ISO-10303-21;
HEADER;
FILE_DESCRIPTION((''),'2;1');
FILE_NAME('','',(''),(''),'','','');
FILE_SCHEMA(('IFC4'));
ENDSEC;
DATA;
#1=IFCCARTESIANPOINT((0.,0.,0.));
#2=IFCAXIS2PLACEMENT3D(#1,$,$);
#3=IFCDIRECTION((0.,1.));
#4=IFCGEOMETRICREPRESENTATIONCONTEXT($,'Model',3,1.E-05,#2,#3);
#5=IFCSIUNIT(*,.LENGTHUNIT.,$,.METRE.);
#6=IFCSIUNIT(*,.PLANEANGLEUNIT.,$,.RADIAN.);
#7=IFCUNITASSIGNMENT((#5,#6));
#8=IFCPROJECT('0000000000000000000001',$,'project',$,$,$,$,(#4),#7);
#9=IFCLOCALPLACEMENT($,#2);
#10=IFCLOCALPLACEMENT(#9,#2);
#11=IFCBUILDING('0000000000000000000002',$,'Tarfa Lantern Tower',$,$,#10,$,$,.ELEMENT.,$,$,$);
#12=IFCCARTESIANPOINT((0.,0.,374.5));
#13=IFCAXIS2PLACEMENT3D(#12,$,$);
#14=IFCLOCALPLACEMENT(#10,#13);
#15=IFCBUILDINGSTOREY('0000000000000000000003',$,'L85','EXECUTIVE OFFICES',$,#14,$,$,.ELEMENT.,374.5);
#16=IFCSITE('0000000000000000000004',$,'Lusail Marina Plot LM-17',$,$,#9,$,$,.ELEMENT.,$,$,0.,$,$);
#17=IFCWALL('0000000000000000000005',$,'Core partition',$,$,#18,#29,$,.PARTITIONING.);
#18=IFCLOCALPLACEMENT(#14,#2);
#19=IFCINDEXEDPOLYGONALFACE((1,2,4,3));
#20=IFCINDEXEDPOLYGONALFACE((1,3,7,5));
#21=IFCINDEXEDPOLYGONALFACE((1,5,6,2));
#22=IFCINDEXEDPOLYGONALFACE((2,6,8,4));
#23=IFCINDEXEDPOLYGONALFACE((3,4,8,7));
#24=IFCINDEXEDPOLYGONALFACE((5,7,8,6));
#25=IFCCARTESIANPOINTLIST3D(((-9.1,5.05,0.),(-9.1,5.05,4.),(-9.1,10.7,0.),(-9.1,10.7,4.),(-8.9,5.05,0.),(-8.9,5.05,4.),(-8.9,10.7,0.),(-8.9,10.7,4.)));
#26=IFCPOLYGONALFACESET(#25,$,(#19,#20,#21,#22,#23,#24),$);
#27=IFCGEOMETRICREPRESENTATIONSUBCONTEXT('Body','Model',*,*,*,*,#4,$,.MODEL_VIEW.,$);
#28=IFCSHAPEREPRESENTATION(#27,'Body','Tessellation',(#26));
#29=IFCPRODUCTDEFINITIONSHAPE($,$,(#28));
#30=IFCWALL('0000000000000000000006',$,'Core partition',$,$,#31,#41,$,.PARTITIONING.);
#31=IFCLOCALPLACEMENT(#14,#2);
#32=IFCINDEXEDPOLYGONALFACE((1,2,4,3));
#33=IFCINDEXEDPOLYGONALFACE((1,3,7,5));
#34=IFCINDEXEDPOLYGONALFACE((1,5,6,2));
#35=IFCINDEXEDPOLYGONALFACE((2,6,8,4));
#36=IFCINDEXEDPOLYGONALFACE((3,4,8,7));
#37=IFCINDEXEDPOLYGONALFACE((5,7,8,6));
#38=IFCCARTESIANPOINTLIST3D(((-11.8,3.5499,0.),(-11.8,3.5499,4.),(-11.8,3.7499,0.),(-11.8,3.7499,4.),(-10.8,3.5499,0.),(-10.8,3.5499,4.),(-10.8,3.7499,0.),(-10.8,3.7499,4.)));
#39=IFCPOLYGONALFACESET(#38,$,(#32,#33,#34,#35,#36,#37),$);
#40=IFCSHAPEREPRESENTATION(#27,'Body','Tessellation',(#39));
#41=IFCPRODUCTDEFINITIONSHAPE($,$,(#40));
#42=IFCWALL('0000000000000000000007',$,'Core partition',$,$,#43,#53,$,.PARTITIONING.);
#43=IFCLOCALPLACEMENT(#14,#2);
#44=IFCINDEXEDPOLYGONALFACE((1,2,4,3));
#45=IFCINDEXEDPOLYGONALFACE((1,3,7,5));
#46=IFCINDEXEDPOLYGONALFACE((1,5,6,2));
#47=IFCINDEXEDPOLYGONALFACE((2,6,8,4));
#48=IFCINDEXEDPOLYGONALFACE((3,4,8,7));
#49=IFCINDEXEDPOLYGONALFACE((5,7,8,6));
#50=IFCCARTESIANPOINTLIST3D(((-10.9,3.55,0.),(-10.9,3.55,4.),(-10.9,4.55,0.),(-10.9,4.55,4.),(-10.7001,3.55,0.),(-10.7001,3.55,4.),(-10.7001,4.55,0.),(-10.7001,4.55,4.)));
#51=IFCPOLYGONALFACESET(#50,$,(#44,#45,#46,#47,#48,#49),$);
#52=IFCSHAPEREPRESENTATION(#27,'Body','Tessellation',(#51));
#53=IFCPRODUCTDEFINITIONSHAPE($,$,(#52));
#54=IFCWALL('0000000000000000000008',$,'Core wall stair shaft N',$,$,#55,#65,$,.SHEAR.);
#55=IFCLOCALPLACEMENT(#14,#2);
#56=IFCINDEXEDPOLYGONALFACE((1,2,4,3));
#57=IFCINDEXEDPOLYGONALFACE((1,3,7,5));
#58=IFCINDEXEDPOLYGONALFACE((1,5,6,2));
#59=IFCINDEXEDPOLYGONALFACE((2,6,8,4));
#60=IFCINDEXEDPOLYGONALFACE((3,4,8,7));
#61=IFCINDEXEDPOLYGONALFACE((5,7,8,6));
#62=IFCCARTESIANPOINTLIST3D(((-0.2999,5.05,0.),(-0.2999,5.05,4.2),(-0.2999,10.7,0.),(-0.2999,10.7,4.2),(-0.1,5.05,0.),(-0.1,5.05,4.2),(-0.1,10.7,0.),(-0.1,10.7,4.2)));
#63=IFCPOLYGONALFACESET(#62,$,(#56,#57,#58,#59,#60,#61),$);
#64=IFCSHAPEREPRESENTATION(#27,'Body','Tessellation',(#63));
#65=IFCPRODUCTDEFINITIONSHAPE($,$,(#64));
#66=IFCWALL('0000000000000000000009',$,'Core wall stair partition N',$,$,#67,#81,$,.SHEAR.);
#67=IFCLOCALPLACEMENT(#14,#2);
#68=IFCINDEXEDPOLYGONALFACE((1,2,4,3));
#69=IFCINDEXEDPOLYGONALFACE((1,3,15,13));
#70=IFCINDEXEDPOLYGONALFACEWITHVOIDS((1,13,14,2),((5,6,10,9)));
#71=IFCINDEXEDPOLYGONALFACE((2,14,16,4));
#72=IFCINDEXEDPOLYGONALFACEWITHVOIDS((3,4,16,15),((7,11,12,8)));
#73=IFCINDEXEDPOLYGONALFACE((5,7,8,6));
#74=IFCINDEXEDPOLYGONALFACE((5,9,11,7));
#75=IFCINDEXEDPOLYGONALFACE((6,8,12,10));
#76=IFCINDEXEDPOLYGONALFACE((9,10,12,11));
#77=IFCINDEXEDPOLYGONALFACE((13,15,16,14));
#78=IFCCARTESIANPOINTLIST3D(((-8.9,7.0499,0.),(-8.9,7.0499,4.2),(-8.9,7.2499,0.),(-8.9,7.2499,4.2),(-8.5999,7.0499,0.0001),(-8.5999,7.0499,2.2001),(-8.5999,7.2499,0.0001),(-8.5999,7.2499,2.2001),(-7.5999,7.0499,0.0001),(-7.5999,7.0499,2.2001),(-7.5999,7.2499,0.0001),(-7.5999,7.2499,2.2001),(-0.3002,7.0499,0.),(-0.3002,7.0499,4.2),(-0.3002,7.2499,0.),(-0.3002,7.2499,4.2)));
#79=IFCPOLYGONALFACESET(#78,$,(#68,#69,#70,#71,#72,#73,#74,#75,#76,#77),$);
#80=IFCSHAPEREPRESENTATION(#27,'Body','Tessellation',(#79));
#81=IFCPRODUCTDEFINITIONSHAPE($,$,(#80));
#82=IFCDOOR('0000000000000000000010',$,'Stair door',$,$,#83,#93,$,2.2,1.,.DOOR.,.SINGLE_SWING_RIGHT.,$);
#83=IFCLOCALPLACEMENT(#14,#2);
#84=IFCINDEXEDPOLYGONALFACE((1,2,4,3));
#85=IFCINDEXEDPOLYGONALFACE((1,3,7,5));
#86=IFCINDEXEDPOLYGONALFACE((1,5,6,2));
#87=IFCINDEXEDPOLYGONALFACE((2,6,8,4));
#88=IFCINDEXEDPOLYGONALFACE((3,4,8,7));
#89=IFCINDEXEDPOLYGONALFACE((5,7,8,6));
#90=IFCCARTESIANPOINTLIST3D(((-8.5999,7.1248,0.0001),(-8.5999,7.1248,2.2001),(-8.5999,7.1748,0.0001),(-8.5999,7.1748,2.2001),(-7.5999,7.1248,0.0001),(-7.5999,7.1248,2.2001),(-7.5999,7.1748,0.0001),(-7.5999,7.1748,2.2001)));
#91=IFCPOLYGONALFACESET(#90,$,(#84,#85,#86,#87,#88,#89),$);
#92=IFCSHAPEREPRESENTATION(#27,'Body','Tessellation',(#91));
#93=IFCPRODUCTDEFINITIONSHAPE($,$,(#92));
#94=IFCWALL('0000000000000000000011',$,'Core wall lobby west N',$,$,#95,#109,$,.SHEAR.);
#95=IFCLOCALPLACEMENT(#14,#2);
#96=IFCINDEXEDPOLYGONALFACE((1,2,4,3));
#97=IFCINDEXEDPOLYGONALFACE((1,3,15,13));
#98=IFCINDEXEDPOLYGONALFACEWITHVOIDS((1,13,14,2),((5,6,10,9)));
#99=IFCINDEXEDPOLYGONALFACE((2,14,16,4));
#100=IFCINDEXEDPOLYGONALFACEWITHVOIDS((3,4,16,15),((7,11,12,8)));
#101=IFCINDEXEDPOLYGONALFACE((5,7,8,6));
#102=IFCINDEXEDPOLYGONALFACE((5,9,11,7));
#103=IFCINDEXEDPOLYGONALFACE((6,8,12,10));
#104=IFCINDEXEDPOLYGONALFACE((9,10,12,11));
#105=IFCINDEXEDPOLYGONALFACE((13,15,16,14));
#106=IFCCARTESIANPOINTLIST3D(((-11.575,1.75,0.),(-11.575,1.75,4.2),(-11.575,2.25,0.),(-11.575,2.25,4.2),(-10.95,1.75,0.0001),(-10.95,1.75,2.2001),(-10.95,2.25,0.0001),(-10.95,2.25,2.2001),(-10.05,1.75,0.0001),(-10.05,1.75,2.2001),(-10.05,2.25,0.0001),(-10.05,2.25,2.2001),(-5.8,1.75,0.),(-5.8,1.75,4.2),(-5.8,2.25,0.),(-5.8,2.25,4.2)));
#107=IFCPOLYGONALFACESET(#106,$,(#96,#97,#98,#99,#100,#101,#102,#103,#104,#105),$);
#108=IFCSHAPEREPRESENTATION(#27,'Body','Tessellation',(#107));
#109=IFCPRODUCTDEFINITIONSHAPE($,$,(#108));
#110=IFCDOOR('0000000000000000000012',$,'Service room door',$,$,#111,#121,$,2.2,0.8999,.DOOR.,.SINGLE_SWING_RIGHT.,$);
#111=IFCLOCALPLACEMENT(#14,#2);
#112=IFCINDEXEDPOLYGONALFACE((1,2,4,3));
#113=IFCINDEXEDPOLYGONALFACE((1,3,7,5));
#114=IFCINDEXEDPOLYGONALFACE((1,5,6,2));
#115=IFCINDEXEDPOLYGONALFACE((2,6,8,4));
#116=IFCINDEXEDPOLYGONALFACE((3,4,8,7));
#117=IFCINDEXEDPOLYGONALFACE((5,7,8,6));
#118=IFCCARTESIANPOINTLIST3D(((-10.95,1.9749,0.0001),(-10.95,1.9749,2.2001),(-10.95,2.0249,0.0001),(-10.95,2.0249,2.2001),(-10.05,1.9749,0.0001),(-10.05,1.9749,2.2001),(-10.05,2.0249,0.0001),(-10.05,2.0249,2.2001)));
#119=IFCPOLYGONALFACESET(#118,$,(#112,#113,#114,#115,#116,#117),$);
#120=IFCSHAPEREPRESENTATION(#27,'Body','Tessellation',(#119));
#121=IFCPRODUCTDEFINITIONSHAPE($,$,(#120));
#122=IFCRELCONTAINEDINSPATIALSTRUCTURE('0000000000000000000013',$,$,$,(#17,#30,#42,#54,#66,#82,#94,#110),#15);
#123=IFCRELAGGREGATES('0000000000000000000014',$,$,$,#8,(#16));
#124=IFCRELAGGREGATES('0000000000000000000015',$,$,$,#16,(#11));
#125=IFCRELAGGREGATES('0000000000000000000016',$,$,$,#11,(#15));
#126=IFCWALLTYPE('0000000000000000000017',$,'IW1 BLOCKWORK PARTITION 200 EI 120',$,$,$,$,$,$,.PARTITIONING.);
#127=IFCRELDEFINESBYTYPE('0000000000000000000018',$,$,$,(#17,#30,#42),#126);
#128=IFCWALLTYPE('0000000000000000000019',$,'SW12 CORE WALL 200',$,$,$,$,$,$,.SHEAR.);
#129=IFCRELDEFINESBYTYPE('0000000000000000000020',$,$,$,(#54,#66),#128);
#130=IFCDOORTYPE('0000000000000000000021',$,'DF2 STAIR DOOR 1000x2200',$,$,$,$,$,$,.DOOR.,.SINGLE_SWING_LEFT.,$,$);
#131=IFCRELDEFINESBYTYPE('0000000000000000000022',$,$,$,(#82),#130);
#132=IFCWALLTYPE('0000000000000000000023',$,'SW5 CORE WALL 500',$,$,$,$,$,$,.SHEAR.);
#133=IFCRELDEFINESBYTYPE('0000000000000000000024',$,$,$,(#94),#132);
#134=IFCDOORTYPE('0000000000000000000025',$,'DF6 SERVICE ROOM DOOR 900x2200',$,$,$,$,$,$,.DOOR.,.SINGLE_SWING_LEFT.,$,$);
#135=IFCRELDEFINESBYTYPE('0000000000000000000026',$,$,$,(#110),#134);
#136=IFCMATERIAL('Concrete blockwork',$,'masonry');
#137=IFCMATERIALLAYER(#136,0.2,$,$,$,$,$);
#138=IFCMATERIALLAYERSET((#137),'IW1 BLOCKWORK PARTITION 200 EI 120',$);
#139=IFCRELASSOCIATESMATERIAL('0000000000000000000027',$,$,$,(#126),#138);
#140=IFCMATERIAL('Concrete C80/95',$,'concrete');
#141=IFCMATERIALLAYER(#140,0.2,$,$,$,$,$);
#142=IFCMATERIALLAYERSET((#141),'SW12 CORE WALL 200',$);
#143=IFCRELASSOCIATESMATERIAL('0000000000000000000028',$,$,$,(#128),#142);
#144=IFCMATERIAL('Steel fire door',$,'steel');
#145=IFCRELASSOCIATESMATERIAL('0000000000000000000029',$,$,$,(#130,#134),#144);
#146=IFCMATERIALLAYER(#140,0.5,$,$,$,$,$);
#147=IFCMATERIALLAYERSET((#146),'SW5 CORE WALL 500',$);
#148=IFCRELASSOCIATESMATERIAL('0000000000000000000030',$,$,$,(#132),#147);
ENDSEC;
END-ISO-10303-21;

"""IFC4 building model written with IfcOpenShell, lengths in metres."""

from ifc_helpers import new_model, si_unit, direction, frame, frame_2d, origin, place, context, subcontext, project, spatial, rectangle, extrude, material, layer, layer_set, type_object, element, fill, save


model = new_model("IFC4")

# Units and contexts
model_context = context("Model", 3, precision=1e-05, world=origin(), true_north=direction((0.0, 1.0)))
body_context = subcontext(model_context, "Body", "Model", "MODEL_VIEW")
ifc_project = project(units=[si_unit("LENGTHUNIT", "METRE"), si_unit("PLANEANGLEUNIT", "RADIAN")], contexts=[model_context])

# Site, building, storey
site_placement = place(None, origin())
site = spatial("IfcSite", under=ifc_project, at=site_placement, Name="Lusail Marina Plot LM-17", CompositionType="ELEMENT", RefElevation=0.0)
building_placement = place(site_placement, origin())
building = spatial("IfcBuilding", under=site, at=building_placement, Name="Tarfa Lantern Tower", CompositionType="ELEMENT")
storey_placement = place(building_placement, frame((0.0, 0.0, 374.5)))
storey = spatial("IfcBuildingStorey", under=building, at=storey_placement, Name="L85", Description="EXECUTIVE OFFICES", CompositionType="ELEMENT", Elevation=374.5)

# Walls
ifc_material_1 = material(Name="Concrete blockwork", Category="masonry")
ifc_layer_1 = layer(ifc_material_1, 0.2)
ifc_layer_set_1 = layer_set([ifc_layer_1], Name="IW1 BLOCKWORK PARTITION 200 EI 120")
wall_type_1 = type_object("IfcWallType", Name="IW1 BLOCKWORK PARTITION 200 EI 120", PredefinedType="PARTITIONING", material=ifc_layer_set_1)
wall_1_placement = place(storey_placement, frame((-9.0, 5.05, 0.0), z_axis=(0.0, 0.0, 1.0), x_axis=(0.0, 1.0, 0.0)))
element("IfcWall", 1, at=wall_1_placement, inside=storey, type_object=wall_type_1, Name="Core partition", PredefinedType="PARTITIONING", context=body_context, shape_type="SweptSolid", body=[
    extrude(rectangle(XDim=5.6499, YDim=0.2, at=frame_2d((2.825, 0.0))), origin(), (0.0, 0.0, 1.0), 4.0),
])
for number, where, z_axis, x_axis, name in (
    (2, (-11.8, 3.6499, 0.0), (0.0, 0.0, 1.0), (1.0, 0.0, 0.0), "Core partition"),
    (3, (-10.8, 3.55, 0.0), (0.0, 0.0, 1.0), (0.0, 1.0, 0.0), "Core partition"),
):
    element("IfcWall", number, at=place(storey_placement, frame(where, z_axis=z_axis, x_axis=x_axis)), inside=storey, type_object=wall_type_1, Name=name, PredefinedType="PARTITIONING", context=body_context, shape_type="SweptSolid", body=[
        extrude(rectangle(XDim=1.0, YDim=0.2, at=frame_2d((0.5, 0.0))), origin(), (0.0, 0.0, 1.0), 4.0),
    ])
ifc_material_2 = material(Name="Concrete C80/95", Category="concrete")
ifc_layer_2 = layer(ifc_material_2, 0.2)
ifc_layer_set_2 = layer_set([ifc_layer_2], Name="SW12 CORE WALL 200")
wall_type_2 = type_object("IfcWallType", Name="SW12 CORE WALL 200", PredefinedType="SHEAR", material=ifc_layer_set_2)
wall_2_placement = place(storey_placement, frame((-0.2, 5.05, 0.0), z_axis=(0.0, 0.0, 1.0), x_axis=(0.0, 1.0, 0.0)))
element("IfcWall", 4, at=wall_2_placement, inside=storey, type_object=wall_type_2, Name="Core wall stair shaft N", PredefinedType="SHEAR", context=body_context, shape_type="SweptSolid", body=[
    extrude(rectangle(XDim=5.6499, YDim=0.2, at=frame_2d((2.825, 0.0))), origin(), (0.0, 0.0, 1.0), 4.2),
])

# Walls, openings, doors
wall_3_placement = place(storey_placement, frame((-8.8999, 7.1499, 0.0), z_axis=(0.0, 0.0, 1.0), x_axis=(1.0, 0.0, 0.0)))
wall_3 = element("IfcWall", 5, at=wall_3_placement, inside=storey, type_object=wall_type_2, Name="Core wall stair partition N", PredefinedType="SHEAR", context=body_context, shape_type="SweptSolid", body=[
    extrude(rectangle(XDim=8.5999, YDim=0.2, at=frame_2d((4.2998, 0.0))), origin(), (0.0, 0.0, 1.0), 4.2),
])
opening_1_placement = place(wall_3_placement, frame((0.3, 0.0, 0.0)))
opening_1 = element("IfcOpeningElement", 6, at=opening_1_placement, cuts=wall_3, PredefinedType="OPENING", context=body_context, shape_type="SweptSolid", body=[
    extrude(rectangle(XDim=1.0, YDim=2.2, at=frame_2d((0.5, 1.1001))), frame((0.0, 0.1099, 0.0), z_axis=(0.0, -1.0, 0.0), x_axis=(1.0, 0.0, 0.0)), (0.0, 0.0, 1.0), 0.22),
])
ifc_material_3 = material(Name="Steel fire door", Category="steel")
door_type_1 = type_object("IfcDoorType", Name="DF2 STAIR DOOR 1000x2200", OperationType="SINGLE_SWING_LEFT", PredefinedType="DOOR", material=ifc_material_3)
door_1_placement = place(opening_1_placement, origin())
door_1 = element("IfcDoor", 7, at=door_1_placement, inside=storey, type_object=door_type_1, Name="Stair door", OperationType="SINGLE_SWING_RIGHT", OverallHeight=2.2, OverallWidth=1.0, PredefinedType="DOOR", context=body_context, shape_type="SweptSolid", body=[
    extrude(rectangle(XDim=1.0, YDim=2.2, at=frame_2d((0.5, 1.1001))), frame((0.0, 0.0249, 0.0), z_axis=(0.0, -1.0, 0.0), x_axis=(1.0, 0.0, 0.0)), (0.0, 0.0, 1.0), 0.05),
])
fill(opening_1, door_1)
ifc_layer_3 = layer(ifc_material_2, 0.5)
ifc_layer_set_3 = layer_set([ifc_layer_3], Name="SW5 CORE WALL 500")
wall_type_3 = type_object("IfcWallType", Name="SW5 CORE WALL 500", PredefinedType="SHEAR", material=ifc_layer_set_3)
wall_4_placement = place(storey_placement, frame((-11.575, 2.0, 0.0), z_axis=(0.0, 0.0, 1.0), x_axis=(1.0, 0.0, 0.0)))
wall_4 = element("IfcWall", 8, at=wall_4_placement, inside=storey, type_object=wall_type_3, Name="Core wall lobby west N", PredefinedType="SHEAR", context=body_context, shape_type="SweptSolid", body=[
    extrude(rectangle(XDim=5.7749, YDim=0.5, at=frame_2d((2.8875, 0.0))), origin(), (0.0, 0.0, 1.0), 4.2),
])
opening_2_placement = place(wall_4_placement, frame((0.625, 0.0, 0.0)))
opening_2 = element("IfcOpeningElement", 9, at=opening_2_placement, cuts=wall_4, PredefinedType="OPENING", context=body_context, shape_type="SweptSolid", body=[
    extrude(rectangle(XDim=0.8999, YDim=2.2, at=frame_2d((0.45, 1.1001))), frame((0.0, 0.26, 0.0), z_axis=(0.0, -1.0, 0.0), x_axis=(1.0, 0.0, 0.0)), (0.0, 0.0, 1.0), 0.52),
])
door_type_2 = type_object("IfcDoorType", Name="DF6 SERVICE ROOM DOOR 900x2200", OperationType="SINGLE_SWING_LEFT", PredefinedType="DOOR", material=ifc_material_3)
door_2_placement = place(opening_2_placement, origin())
door_2 = element("IfcDoor", 10, at=door_2_placement, inside=storey, type_object=door_type_2, Name="Service room door", OperationType="SINGLE_SWING_RIGHT", OverallHeight=2.2, OverallWidth=0.8999, PredefinedType="DOOR", context=body_context, shape_type="SweptSolid", body=[
    extrude(rectangle(XDim=0.8999, YDim=2.2, at=frame_2d((0.45, 1.1001))), frame((0.0, 0.0249, 0.0), z_axis=(0.0, -1.0, 0.0), x_axis=(1.0, 0.0, 0.0)), (0.0, 0.0, 1.0), 0.05),
])
fill(opening_2, door_2)

save(model, "model.ifc")
